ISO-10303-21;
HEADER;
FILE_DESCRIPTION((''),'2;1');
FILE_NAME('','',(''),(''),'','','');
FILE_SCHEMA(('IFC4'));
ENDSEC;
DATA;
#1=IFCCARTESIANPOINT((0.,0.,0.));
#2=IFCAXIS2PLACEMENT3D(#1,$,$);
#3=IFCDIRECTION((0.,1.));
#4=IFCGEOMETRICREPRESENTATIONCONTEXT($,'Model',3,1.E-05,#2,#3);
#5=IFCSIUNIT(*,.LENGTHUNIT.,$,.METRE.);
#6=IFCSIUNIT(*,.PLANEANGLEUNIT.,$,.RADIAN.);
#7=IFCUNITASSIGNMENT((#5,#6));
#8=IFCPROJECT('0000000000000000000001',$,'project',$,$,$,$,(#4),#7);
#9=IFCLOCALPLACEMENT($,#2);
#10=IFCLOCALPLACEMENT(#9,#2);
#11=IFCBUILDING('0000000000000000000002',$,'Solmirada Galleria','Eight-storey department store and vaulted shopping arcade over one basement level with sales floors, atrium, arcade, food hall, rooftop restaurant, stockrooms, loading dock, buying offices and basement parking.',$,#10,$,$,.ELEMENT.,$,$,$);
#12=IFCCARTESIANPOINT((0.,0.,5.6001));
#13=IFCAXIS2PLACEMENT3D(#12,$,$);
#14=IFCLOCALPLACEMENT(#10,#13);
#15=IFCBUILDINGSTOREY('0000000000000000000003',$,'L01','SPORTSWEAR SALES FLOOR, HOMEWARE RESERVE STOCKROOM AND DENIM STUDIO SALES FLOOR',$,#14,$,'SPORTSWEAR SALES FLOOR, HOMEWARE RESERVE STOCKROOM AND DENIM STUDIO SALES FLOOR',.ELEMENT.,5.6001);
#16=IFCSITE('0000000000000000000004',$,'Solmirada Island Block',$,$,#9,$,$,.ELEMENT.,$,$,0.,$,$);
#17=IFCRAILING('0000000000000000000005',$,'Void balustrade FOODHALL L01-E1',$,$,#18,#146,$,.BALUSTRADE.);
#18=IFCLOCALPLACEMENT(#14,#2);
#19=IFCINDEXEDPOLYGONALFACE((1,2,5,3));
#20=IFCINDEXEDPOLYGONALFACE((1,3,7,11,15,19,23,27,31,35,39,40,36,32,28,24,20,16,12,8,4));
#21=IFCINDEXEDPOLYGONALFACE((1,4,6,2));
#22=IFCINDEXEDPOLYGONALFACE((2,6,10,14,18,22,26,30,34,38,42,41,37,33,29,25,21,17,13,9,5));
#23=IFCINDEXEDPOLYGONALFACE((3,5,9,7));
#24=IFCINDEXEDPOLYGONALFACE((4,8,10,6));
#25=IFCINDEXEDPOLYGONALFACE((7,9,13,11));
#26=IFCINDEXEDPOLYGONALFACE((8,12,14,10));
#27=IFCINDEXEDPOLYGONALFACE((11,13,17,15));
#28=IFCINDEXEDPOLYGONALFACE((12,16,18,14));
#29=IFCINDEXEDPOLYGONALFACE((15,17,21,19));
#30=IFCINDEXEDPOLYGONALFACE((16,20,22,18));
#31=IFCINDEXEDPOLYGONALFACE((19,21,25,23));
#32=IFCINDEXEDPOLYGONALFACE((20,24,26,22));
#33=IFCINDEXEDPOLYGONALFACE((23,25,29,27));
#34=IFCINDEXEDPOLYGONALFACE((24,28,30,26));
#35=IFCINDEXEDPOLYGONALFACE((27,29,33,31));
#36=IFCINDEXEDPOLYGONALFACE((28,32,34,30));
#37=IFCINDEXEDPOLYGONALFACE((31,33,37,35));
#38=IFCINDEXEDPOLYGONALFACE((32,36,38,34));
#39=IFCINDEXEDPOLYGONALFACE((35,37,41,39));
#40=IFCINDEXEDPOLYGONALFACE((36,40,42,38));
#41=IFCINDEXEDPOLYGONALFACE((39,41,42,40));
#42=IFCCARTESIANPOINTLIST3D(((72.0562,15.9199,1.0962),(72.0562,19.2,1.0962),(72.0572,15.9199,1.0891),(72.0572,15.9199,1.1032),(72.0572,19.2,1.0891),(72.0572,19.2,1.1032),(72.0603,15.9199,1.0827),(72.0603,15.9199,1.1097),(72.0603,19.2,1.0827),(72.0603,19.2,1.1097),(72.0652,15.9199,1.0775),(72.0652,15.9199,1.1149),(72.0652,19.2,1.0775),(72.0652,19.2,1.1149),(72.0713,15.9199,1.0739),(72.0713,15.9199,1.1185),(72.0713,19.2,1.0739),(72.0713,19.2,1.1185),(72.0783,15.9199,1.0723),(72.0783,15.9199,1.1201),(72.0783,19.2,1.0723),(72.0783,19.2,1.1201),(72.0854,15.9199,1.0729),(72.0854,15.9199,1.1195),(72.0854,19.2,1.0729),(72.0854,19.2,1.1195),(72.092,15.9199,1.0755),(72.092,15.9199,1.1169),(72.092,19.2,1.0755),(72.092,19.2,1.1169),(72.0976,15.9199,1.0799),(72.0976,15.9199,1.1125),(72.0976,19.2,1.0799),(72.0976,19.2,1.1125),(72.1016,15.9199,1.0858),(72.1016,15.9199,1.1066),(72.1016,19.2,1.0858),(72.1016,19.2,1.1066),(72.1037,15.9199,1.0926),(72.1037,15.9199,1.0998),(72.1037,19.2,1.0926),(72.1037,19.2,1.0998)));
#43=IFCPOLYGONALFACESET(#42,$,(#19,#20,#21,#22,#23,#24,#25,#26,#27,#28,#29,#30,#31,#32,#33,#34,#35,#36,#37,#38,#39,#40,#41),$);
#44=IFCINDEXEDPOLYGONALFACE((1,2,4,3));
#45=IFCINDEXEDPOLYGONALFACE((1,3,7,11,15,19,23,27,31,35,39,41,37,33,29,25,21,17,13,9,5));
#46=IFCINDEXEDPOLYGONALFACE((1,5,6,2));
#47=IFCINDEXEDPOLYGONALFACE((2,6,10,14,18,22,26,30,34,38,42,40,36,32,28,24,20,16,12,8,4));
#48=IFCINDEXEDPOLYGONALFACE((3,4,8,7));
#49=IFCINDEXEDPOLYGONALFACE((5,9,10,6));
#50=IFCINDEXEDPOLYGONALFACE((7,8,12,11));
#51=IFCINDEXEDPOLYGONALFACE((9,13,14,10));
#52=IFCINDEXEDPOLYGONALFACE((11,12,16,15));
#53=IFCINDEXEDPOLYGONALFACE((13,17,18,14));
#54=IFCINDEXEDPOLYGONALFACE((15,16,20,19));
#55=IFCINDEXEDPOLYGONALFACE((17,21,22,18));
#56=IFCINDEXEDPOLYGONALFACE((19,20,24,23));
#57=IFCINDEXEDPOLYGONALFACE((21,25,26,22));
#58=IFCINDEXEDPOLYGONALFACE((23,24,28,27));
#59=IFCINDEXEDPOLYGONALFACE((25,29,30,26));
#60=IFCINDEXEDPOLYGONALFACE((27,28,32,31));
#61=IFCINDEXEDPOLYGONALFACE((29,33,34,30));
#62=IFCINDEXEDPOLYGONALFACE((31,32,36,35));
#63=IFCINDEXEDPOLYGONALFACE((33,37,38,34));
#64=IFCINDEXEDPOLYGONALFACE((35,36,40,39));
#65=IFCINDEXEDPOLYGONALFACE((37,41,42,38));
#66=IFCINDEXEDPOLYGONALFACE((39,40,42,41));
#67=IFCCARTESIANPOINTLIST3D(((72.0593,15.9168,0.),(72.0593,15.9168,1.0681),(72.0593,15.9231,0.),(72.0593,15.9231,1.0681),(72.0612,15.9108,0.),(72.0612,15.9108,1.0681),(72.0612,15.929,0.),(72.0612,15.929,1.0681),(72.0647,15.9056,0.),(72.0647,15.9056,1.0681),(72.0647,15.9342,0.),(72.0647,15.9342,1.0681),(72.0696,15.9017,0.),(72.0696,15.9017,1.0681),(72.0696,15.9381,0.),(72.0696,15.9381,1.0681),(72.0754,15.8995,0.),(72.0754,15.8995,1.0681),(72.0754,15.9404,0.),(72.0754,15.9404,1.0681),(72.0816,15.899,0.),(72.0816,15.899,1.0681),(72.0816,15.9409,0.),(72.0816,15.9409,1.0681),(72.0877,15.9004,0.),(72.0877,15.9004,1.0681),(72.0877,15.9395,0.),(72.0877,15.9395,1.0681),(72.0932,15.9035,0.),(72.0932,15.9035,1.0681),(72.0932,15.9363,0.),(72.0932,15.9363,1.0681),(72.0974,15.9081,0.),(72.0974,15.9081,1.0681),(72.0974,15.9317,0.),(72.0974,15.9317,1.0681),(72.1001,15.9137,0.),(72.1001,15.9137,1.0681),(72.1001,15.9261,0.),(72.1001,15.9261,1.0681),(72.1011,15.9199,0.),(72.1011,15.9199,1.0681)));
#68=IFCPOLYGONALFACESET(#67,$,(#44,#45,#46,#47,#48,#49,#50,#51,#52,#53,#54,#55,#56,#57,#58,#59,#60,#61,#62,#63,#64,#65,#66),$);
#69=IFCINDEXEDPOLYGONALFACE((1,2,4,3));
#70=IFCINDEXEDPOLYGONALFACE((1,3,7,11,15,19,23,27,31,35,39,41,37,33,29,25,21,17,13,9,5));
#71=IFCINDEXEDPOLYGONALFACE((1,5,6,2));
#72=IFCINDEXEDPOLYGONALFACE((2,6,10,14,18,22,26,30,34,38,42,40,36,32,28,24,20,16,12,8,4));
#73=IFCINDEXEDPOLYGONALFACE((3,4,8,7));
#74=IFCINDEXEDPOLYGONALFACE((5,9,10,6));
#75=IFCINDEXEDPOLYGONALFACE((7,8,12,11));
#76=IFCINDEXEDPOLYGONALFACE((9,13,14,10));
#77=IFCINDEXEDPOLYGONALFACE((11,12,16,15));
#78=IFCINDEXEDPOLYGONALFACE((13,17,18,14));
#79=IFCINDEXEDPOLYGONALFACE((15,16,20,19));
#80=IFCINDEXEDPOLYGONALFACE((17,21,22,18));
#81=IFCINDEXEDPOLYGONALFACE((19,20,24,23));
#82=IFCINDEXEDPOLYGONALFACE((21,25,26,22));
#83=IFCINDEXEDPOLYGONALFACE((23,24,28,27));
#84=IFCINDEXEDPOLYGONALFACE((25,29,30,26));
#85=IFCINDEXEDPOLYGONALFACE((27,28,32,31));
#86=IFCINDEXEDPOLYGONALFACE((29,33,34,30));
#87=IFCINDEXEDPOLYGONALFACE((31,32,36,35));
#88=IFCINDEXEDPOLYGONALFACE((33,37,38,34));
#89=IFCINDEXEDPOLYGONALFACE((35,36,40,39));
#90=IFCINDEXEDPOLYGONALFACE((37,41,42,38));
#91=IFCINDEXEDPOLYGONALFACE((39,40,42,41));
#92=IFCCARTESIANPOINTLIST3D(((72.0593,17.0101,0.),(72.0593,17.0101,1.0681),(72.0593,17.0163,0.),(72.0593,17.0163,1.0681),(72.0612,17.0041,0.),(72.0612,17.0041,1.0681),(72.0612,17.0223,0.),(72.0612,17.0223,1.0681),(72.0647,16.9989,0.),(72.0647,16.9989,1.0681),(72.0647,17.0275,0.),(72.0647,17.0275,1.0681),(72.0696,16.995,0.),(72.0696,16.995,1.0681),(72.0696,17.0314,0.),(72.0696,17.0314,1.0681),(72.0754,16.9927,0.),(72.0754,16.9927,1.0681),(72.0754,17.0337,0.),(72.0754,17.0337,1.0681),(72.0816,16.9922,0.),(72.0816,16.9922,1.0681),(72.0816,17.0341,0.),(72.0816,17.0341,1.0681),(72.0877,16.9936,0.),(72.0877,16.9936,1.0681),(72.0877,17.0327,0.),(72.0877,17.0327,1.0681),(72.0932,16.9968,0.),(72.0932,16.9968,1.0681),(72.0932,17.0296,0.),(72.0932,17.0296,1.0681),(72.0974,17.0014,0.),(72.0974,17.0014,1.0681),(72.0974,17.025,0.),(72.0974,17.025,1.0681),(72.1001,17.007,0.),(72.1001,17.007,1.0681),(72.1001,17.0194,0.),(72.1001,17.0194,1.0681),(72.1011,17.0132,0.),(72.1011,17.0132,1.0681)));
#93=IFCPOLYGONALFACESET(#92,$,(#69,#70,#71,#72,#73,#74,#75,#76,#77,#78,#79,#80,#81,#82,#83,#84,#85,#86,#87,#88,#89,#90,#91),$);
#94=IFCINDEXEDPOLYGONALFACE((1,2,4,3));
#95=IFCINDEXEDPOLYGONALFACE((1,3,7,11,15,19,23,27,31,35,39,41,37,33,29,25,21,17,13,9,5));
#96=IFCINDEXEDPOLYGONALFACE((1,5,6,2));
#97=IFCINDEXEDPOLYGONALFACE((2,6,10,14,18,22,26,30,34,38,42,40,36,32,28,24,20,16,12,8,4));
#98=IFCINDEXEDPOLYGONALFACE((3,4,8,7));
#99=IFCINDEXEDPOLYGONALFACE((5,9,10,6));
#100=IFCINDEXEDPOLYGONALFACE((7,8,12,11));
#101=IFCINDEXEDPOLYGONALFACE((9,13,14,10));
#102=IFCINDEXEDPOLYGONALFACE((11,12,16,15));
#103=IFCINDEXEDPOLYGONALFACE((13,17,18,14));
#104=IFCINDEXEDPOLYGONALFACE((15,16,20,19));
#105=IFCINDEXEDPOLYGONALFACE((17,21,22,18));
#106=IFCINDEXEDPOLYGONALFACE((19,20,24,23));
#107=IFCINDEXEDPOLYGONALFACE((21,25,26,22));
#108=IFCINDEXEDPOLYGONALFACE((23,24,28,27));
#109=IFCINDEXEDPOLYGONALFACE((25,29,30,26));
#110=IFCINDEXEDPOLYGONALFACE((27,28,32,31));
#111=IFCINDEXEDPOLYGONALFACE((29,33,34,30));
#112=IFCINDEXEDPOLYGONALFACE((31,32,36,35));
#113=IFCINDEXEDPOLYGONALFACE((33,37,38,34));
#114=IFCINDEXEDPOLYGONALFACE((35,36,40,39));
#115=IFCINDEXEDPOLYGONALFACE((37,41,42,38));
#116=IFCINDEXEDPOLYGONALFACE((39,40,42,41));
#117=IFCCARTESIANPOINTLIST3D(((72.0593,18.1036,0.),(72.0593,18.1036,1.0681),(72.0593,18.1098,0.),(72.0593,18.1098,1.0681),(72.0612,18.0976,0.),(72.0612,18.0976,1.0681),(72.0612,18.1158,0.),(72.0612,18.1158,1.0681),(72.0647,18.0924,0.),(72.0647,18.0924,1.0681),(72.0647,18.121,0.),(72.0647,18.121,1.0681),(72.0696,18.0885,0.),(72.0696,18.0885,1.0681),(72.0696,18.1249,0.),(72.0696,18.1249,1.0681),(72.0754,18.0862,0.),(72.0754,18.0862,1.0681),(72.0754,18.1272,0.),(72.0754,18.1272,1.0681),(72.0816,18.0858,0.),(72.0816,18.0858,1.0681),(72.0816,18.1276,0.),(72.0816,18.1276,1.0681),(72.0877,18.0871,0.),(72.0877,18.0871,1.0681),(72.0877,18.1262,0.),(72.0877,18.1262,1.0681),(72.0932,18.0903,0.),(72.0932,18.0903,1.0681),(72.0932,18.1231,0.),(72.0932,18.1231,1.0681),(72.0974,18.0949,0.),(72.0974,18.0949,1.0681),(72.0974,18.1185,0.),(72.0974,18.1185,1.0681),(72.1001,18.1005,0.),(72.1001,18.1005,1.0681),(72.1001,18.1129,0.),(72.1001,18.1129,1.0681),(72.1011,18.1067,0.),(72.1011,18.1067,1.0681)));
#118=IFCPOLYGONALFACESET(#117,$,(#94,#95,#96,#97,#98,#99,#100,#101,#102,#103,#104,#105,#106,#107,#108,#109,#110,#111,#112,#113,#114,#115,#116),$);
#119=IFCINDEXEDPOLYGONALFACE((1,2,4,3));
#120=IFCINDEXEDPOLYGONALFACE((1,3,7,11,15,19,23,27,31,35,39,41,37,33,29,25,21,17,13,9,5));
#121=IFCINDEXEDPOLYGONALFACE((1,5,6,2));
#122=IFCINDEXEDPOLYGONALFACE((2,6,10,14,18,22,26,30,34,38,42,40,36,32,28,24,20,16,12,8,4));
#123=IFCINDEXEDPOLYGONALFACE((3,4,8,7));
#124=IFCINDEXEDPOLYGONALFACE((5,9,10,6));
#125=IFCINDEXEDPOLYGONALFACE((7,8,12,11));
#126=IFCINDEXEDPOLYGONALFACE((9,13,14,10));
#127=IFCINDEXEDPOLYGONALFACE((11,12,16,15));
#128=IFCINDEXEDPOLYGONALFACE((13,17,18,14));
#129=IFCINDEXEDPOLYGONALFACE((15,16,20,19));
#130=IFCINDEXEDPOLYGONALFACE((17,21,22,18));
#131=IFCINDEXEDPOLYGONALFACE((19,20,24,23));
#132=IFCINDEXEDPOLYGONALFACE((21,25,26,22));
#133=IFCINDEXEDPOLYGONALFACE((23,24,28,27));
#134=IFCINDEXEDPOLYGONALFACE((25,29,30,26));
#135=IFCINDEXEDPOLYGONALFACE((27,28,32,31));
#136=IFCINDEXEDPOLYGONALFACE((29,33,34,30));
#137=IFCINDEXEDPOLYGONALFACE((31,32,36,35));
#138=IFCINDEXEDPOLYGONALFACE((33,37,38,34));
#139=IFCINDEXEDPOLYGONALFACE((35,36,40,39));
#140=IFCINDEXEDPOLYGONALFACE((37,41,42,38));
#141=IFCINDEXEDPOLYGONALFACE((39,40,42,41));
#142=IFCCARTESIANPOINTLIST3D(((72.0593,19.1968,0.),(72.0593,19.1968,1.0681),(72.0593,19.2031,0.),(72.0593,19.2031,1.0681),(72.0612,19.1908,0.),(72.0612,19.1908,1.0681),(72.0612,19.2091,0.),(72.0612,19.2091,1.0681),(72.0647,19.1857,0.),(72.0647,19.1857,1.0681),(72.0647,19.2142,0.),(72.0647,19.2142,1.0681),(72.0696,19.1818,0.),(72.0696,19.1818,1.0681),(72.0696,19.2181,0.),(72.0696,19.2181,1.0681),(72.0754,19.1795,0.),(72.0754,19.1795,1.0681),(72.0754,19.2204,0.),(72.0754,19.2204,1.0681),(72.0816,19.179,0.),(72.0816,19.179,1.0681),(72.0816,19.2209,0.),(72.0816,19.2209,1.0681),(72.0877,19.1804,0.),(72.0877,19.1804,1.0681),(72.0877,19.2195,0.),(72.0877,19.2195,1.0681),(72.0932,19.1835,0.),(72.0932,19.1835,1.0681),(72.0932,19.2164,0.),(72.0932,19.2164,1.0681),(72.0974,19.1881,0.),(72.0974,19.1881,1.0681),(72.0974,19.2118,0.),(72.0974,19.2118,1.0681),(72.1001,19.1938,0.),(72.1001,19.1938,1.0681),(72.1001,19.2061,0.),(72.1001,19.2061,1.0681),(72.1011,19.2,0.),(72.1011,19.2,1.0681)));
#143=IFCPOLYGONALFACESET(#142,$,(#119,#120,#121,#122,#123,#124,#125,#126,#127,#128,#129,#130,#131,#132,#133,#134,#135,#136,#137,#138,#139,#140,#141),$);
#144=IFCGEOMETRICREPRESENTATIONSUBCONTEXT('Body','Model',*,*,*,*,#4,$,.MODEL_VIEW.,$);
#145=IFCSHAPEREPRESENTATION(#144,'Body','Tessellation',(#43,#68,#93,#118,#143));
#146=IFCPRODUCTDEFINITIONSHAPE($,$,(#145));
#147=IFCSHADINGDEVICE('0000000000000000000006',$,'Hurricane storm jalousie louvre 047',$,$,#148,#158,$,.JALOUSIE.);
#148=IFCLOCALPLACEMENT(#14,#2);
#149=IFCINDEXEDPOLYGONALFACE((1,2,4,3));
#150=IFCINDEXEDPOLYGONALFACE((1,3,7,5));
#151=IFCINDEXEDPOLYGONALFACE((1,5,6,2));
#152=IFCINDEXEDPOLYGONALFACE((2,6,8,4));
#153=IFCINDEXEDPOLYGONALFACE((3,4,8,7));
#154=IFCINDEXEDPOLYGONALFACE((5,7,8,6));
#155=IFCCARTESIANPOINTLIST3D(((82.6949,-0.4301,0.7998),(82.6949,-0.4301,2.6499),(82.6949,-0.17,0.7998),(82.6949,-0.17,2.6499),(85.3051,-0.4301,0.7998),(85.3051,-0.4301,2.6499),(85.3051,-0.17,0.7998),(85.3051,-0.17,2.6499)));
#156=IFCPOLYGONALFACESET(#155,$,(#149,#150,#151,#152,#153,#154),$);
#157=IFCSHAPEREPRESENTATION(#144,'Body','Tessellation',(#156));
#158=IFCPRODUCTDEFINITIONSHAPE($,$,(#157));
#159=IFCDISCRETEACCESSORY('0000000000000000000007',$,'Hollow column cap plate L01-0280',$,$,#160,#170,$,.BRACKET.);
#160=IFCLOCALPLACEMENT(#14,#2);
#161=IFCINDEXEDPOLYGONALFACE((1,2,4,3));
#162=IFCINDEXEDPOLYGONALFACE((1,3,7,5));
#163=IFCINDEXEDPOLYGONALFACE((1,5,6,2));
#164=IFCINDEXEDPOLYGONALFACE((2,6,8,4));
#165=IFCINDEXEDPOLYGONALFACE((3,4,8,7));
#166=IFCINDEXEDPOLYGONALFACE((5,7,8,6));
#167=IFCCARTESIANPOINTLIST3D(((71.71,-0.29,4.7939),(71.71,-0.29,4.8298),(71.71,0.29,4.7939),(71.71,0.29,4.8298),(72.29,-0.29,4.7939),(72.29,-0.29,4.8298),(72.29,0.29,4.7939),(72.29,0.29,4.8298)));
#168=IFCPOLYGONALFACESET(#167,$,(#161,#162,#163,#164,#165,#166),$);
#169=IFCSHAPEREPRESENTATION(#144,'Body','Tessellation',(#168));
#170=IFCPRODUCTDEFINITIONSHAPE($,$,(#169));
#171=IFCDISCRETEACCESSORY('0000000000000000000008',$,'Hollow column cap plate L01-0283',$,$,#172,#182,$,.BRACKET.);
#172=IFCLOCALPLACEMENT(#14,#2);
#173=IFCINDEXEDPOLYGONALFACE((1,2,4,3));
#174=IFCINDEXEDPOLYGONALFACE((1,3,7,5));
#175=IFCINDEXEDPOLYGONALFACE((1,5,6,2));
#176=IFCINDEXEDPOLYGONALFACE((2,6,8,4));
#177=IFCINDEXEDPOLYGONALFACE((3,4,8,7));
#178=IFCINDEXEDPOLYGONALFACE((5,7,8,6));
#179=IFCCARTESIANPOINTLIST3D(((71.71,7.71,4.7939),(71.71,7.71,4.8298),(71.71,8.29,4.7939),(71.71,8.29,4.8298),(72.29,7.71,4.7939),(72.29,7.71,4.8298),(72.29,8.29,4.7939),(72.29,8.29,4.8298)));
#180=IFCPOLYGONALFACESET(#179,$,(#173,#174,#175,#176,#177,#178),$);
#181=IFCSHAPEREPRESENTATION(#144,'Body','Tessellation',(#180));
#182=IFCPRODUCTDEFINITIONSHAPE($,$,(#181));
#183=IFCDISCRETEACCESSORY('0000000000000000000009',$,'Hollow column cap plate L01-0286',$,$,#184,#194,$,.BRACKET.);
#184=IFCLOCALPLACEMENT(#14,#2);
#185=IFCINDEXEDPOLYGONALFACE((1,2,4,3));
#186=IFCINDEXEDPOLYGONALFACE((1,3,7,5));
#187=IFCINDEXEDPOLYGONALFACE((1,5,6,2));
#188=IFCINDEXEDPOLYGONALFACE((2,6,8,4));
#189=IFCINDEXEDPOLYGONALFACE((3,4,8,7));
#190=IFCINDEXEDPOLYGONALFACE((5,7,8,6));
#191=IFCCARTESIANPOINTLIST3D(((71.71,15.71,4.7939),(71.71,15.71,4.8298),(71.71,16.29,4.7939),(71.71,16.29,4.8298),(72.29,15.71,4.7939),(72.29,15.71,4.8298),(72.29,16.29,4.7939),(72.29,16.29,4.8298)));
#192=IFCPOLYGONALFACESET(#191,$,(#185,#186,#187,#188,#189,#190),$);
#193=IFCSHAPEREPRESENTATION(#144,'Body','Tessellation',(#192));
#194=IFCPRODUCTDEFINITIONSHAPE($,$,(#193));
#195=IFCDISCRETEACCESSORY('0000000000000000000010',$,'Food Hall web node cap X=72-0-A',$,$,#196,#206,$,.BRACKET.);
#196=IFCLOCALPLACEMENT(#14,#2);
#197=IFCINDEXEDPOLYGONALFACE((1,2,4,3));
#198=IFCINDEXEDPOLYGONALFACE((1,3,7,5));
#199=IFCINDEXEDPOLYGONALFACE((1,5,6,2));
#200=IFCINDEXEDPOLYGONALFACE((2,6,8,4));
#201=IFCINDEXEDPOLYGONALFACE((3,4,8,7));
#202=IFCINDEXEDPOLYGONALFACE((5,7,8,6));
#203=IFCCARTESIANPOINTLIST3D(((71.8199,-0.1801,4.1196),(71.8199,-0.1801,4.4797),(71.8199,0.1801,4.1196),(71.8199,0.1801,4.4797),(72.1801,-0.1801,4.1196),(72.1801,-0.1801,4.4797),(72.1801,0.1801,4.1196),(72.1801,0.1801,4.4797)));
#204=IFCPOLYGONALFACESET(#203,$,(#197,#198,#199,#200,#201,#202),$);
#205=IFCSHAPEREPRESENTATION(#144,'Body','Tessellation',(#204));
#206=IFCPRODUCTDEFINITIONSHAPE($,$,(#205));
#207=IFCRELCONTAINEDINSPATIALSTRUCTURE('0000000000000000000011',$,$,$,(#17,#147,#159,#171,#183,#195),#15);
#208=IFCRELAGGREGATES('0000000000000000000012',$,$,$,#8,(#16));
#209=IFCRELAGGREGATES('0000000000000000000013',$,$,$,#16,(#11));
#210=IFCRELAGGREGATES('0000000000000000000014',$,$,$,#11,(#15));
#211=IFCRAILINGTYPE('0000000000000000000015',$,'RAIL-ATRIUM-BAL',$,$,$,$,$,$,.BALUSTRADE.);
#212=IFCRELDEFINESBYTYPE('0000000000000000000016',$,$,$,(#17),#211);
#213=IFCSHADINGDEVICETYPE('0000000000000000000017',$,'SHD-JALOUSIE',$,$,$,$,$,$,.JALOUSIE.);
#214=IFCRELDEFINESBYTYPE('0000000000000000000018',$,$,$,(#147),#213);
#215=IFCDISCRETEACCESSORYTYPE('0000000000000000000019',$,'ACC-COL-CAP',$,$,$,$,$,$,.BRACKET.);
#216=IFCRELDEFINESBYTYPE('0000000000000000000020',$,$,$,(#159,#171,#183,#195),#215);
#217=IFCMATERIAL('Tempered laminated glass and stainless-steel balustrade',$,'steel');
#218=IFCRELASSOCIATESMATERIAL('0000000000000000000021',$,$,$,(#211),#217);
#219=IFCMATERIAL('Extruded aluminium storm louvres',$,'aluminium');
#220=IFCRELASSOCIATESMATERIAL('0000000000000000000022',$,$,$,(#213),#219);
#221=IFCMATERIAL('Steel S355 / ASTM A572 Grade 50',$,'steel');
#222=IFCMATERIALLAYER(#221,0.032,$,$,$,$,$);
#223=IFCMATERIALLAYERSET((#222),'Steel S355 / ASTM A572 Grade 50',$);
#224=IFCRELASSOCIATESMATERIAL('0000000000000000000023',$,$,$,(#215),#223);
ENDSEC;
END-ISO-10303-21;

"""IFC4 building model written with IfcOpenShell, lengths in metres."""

from ifc_helpers import new_model, si_unit, direction, frame, origin, origin_2d, place, context, subcontext, project, spatial, rectangle, circle, extrude, material, layer, layer_set, type_object, element, save


model = new_model("IFC4")

# Units and contexts
model_context = context("Model", 3, precision=1e-05, world=origin(), true_north=direction((0.0, 1.0)))
body_context = subcontext(model_context, "Body", "Model", "MODEL_VIEW")
ifc_project = project(units=[si_unit("LENGTHUNIT", "METRE"), si_unit("PLANEANGLEUNIT", "RADIAN")], contexts=[model_context])

# Site, building, storey
site_placement = place(None, origin())
site = spatial("IfcSite", under=ifc_project, at=site_placement, Name="Solmirada Island Block", CompositionType="ELEMENT", RefElevation=0.0)
building_placement = place(site_placement, origin())
building = spatial("IfcBuilding", under=site, at=building_placement, Name="Solmirada Galleria", Description="Eight-storey department store and vaulted shopping arcade over one basement level with sales floors, atrium, arcade, food hall, rooftop restaurant, stockrooms, loading dock, buying offices and basement parking.", CompositionType="ELEMENT")
storey_placement = place(building_placement, frame((0.0, 0.0, 5.6001)))
storey = spatial("IfcBuildingStorey", under=building, at=storey_placement, Name="L01", Description="SPORTSWEAR SALES FLOOR, HOMEWARE RESERVE STOCKROOM AND DENIM STUDIO SALES FLOOR", LongName="SPORTSWEAR SALES FLOOR, HOMEWARE RESERVE STOCKROOM AND DENIM STUDIO SALES FLOOR", CompositionType="ELEMENT", Elevation=5.6001)

# Railing
ifc_material_1 = material(Name="Tempered laminated glass and stainless-steel balustrade", Category="steel")
railing_type = type_object("IfcRailingType", Name="RAIL-ATRIUM-BAL", PredefinedType="BALUSTRADE", material=ifc_material_1)
railing_placement = place(storey_placement, frame((72.0801, 15.9199, 0.0)))
element("IfcRailing", 1, at=railing_placement, inside=storey, type_object=railing_type, Name="Void balustrade FOODHALL L01-E1", PredefinedType="BALUSTRADE", context=body_context, shape_type="SweptSolid", body=[
    extrude(circle(Radius=0.0239, at=origin_2d()), frame((0.0, 0.0, 1.0962), z_axis=(0.0, 1.0, 0.0), x_axis=(-1.0, 0.0, 0.0)), (0.0, 0.0, 1.0), 3.28),
    extrude(circle(Radius=0.021, at=origin_2d()), origin(), (0.0, 0.0, 1.0), 1.0681),
    extrude(circle(Radius=0.021, at=origin_2d()), frame((0.0, 1.0933, 0.0)), (0.0, 0.0, 1.0), 1.0681),
    extrude(circle(Radius=0.021, at=origin_2d()), frame((0.0, 2.1868, 0.0)), (0.0, 0.0, 1.0), 1.0681),
    extrude(circle(Radius=0.021, at=origin_2d()), frame((0.0, 3.28, 0.0)), (0.0, 0.0, 1.0), 1.0681),
])

# Shading device
ifc_material_2 = material(Name="Extruded aluminium storm louvres", Category="aluminium")
shading_device_type = type_object("IfcShadingDeviceType", Name="SHD-JALOUSIE", PredefinedType="JALOUSIE", material=ifc_material_2)
shading_device_placement = place(storey_placement, frame((84.0, -0.3, 0.7998), z_axis=(0.0, 0.0, 1.0), x_axis=(-1.0, 0.0, 0.0)))
element("IfcShadingDevice", 2, at=shading_device_placement, inside=storey, type_object=shading_device_type, Name="Hurricane storm jalousie louvre 047", PredefinedType="JALOUSIE", context=body_context, shape_type="SweptSolid", body=[
    extrude(rectangle(XDim=2.6101, YDim=0.26, at=origin_2d()), origin(), (0.0, 0.0, 1.0), 1.8501),
])

# Discrete accessories
ifc_material_3 = material(Name="Steel S355 / ASTM A572 Grade 50", Category="steel")
ifc_layer_1 = layer(ifc_material_3, 0.032)
ifc_layer_set_1 = layer_set([ifc_layer_1], Name="Steel S355 / ASTM A572 Grade 50")
discrete_accessory_type = type_object("IfcDiscreteAccessoryType", Name="ACC-COL-CAP", PredefinedType="BRACKET", material=ifc_layer_set_1)
for number, where, z_axis, x_axis, name in (
    (3, (72.0, 0.0, 4.7939), (0.0, 0.0, 1.0), (1.0, 0.0, 0.0), "Hollow column cap plate L01-0280"),
    (4, (72.0, 8.0, 4.7939), (0.0, 0.0, 1.0), (1.0, 0.0, 0.0), "Hollow column cap plate L01-0283"),
    (5, (72.0, 16.0, 4.7939), (0.0, 0.0, 1.0), (1.0, 0.0, 0.0), "Hollow column cap plate L01-0286"),
):
    element("IfcDiscreteAccessory", number, at=place(storey_placement, frame(where, z_axis=z_axis, x_axis=x_axis)), inside=storey, type_object=discrete_accessory_type, Name=name, PredefinedType="BRACKET", context=body_context, shape_type="SweptSolid", body=[
        extrude(rectangle(XDim=0.5801, YDim=0.5801, at=origin_2d()), origin(), (0.0, 0.0, 1.0), 0.0359),
    ])
for number, where, z_axis, x_axis, name in (
    (6, (72.0, 0.0, 4.1196), (0.0, 0.0, 1.0), (1.0, 0.0, 0.0), "Food Hall web node cap X=72-0-A"),
):
    element("IfcDiscreteAccessory", number, at=place(storey_placement, frame(where, z_axis=z_axis, x_axis=x_axis)), inside=storey, type_object=discrete_accessory_type, Name=name, PredefinedType="BRACKET", context=body_context, shape_type="SweptSolid", body=[
        extrude(rectangle(XDim=0.3601, YDim=0.3601, at=origin_2d()), origin(), (0.0, 0.0, 1.0), 0.3601),
    ])

save(model, "model.ifc")
